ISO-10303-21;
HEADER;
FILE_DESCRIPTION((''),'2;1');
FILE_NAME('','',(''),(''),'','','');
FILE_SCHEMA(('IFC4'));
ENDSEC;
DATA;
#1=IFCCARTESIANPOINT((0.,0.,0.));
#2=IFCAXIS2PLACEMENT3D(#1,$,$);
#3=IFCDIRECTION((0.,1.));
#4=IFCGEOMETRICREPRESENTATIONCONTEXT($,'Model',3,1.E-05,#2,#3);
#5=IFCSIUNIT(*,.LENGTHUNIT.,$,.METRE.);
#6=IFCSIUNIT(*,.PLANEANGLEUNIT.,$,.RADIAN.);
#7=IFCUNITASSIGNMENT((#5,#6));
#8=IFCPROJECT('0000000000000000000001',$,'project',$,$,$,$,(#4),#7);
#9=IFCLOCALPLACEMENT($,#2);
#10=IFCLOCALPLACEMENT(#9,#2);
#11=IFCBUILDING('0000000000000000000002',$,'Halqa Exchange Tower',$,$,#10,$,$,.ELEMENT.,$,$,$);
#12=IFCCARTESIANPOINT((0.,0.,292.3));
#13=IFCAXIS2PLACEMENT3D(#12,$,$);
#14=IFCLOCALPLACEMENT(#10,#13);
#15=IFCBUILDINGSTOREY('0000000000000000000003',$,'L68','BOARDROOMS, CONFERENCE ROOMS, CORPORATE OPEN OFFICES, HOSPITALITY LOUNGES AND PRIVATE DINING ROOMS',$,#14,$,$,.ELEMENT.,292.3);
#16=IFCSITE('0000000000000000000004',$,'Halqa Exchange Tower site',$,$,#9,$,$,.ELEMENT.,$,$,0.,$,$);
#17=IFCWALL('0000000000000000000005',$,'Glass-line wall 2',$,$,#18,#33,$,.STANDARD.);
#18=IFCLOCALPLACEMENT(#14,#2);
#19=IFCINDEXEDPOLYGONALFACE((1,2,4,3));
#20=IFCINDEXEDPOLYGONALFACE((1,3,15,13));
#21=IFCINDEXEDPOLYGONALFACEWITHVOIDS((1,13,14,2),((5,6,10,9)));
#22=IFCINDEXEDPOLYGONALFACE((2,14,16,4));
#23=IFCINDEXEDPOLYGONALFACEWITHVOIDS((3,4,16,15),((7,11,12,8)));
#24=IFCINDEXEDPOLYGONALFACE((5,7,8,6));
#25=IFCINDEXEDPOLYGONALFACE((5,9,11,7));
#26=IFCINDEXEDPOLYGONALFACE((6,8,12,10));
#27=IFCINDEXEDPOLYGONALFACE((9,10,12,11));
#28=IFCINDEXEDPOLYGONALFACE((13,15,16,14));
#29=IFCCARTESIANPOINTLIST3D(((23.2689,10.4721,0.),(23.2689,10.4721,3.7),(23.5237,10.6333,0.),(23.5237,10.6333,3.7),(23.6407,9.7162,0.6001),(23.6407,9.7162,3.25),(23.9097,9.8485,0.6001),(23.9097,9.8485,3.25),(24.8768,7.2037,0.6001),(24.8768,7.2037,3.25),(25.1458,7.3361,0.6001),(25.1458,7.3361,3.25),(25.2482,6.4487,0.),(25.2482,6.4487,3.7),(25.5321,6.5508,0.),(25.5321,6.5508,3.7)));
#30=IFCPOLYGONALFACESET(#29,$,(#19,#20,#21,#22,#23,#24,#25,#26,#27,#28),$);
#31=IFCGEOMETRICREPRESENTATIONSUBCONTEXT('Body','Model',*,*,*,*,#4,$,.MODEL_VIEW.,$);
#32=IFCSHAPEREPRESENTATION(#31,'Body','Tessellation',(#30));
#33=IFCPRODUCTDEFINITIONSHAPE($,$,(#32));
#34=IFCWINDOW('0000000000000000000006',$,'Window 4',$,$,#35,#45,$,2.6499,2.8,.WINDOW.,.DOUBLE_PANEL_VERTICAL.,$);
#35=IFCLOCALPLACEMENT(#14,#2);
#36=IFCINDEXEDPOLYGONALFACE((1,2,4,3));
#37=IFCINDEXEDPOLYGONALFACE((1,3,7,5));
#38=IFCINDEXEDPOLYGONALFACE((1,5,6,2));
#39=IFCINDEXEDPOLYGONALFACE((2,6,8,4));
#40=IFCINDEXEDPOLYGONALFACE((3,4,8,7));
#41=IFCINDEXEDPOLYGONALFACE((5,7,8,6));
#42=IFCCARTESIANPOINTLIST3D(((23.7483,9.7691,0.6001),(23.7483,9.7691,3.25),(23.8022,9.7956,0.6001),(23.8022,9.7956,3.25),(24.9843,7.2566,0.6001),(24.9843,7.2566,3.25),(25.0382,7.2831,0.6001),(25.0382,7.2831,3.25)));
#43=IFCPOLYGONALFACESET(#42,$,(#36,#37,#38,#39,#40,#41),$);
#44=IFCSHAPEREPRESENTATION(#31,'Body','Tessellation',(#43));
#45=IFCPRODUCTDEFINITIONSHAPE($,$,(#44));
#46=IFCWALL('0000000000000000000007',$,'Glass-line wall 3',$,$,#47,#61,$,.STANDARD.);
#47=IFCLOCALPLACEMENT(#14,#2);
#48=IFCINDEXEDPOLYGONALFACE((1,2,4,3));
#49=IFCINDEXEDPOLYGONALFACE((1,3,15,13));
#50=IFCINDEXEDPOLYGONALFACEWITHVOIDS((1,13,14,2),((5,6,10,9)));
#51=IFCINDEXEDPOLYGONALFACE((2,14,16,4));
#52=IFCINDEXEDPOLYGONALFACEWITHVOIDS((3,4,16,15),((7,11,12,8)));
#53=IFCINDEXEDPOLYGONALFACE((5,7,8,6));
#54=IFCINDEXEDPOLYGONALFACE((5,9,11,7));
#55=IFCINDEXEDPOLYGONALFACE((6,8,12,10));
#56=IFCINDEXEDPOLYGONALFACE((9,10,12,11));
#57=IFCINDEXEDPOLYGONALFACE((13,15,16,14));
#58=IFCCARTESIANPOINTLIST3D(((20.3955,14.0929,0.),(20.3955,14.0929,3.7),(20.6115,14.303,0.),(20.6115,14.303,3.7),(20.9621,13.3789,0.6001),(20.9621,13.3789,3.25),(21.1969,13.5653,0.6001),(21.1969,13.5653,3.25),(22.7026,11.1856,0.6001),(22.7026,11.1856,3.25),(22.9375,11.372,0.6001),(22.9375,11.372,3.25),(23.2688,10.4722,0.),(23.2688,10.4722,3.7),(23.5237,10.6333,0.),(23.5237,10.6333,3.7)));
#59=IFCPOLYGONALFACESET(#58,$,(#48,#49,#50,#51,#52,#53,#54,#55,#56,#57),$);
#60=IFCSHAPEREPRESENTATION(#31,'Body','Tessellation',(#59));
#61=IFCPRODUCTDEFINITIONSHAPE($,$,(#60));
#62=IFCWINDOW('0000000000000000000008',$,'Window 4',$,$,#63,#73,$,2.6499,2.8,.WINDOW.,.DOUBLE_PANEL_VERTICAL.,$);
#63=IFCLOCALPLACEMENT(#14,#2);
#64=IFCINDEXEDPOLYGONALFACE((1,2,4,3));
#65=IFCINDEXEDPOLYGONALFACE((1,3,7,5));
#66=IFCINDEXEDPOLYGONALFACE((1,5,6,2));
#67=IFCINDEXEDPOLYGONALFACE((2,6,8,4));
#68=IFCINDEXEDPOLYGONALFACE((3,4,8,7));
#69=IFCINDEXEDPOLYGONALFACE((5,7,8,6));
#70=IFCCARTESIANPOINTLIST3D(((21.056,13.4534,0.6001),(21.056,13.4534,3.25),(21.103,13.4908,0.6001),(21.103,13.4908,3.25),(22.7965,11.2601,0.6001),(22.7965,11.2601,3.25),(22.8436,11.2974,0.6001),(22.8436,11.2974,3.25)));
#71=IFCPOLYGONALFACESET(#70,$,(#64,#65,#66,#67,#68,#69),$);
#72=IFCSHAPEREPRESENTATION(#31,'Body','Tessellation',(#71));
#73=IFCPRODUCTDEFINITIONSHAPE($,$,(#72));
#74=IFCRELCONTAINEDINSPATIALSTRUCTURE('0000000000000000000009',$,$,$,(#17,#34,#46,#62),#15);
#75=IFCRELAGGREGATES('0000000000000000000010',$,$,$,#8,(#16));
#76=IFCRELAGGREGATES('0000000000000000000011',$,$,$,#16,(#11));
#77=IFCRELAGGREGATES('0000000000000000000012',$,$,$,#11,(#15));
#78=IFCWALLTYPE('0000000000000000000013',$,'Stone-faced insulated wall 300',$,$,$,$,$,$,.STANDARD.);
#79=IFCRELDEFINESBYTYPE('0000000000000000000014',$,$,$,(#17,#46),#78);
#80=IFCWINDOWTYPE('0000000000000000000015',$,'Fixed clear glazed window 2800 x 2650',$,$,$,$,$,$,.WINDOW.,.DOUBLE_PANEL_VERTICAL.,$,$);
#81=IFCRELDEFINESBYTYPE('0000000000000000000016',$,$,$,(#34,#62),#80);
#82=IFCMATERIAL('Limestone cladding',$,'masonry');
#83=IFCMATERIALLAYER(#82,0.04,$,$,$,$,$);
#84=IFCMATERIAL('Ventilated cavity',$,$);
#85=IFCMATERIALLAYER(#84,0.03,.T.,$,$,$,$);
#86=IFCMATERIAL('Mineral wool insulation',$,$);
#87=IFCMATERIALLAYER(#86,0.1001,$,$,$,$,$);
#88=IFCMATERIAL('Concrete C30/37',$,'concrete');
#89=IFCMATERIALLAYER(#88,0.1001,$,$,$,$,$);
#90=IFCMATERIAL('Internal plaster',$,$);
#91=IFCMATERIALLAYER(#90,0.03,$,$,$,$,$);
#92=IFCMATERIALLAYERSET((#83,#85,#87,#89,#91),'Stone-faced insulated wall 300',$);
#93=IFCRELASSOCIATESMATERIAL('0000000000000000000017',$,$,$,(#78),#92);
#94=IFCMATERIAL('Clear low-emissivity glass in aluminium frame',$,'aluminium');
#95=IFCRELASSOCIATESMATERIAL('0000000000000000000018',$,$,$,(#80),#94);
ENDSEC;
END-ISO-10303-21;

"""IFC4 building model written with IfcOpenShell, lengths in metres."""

from ifc_helpers import new_model, si_unit, direction, frame, frame_2d, origin, place, context, subcontext, project, spatial, polyline, rectangle, outline, extrude, material, layer, layer_set, type_object, element, fill, save


model = new_model("IFC4")

# Units and contexts
model_context = context("Model", 3, precision=1e-05, world=origin(), true_north=direction((0.0, 1.0)))
body_context = subcontext(model_context, "Body", "Model", "MODEL_VIEW")
ifc_project = project(units=[si_unit("LENGTHUNIT", "METRE"), si_unit("PLANEANGLEUNIT", "RADIAN")], contexts=[model_context])

# Site, building, storey
site_placement = place(None, origin())
site = spatial("IfcSite", under=ifc_project, at=site_placement, Name="Halqa Exchange Tower site", CompositionType="ELEMENT", RefElevation=0.0)
building_placement = place(site_placement, origin())
building = spatial("IfcBuilding", under=site, at=building_placement, Name="Halqa Exchange Tower", CompositionType="ELEMENT")
storey_placement = place(building_placement, frame((0.0, 0.0, 292.3)))
storey = spatial("IfcBuildingStorey", under=building, at=storey_placement, Name="L68", Description="BOARDROOMS, CONFERENCE ROOMS, CORPORATE OPEN OFFICES, HOSPITALITY LOUNGES AND PRIVATE DINING ROOMS", CompositionType="ELEMENT", Elevation=292.3)

# Walls, openings, windows
ifc_material_1 = material(Name="Limestone cladding", Category="masonry")
ifc_layer_1 = layer(ifc_material_1, 0.04)
ifc_material_2 = material(Name="Ventilated cavity")
ifc_layer_2 = layer(ifc_material_2, 0.03, ventilated=True)
ifc_material_3 = material(Name="Mineral wool insulation")
ifc_layer_3 = layer(ifc_material_3, 0.1001)
ifc_material_4 = material(Name="Concrete C30/37", Category="concrete")
ifc_layer_4 = layer(ifc_material_4, 0.1001)
ifc_material_5 = material(Name="Internal plaster")
ifc_layer_5 = layer(ifc_material_5, 0.03)
ifc_layer_set_1 = layer_set([ifc_layer_1, ifc_layer_2, ifc_layer_3, ifc_layer_4, ifc_layer_5], Name="Stone-faced insulated wall 300")
wall_type_1 = type_object("IfcWallType", Name="Stone-faced insulated wall 300", PredefinedType="STANDARD", material=ifc_layer_set_1)
ifc_material_6 = material(Name="Clear low-emissivity glass in aluminium frame", Category="aluminium")
window_type = type_object("IfcWindowType", Name="Fixed clear glazed window 2800 x 2650", PartitioningType="DOUBLE_PANEL_VERTICAL", PredefinedType="WINDOW", material=ifc_material_6)
wall_1_placement = place(storey_placement, frame((25.3901, 6.4998, 0.0), z_axis=(0.0, 0.0, 1.0), x_axis=(-0.441432, 0.897295, 0.0)))
wall_1 = element("IfcWall", 1, at=wall_1_placement, inside=storey, type_object=wall_type_1, Name="Glass-line wall 2", PredefinedType="STANDARD", context=body_context, shape_type="SweptSolid", body=[
    extrude(outline(polyline([(-0.0168, -0.1499), (4.533, -0.1499), (4.5007, 0.1499), (0.0168, 0.1499), (-0.0168, -0.1499)])), origin(), (0.0, 0.0, 1.0), 3.7),
])
opening_1_placement = place(wall_1_placement, frame((0.8584, 0.0, 0.6001)))
opening_1 = element("IfcOpeningElement", 2, at=opening_1_placement, cuts=wall_1, PredefinedType="OPENING", context=body_context, shape_type="SweptSolid", body=[
    extrude(rectangle(XDim=2.8, YDim=2.6499, at=frame_2d((1.3999, 1.325))), frame((0.0, 0.1621, 0.0), z_axis=(0.0, -1.0, 0.0), x_axis=(1.0, 0.0, 0.0)), (0.0, 0.0, 1.0), 0.324),
])
window_1_placement = place(opening_1_placement, origin())
window_1 = element("IfcWindow", 3, at=window_1_placement, inside=storey, type_object=window_type, Name="Window 4", OverallHeight=2.6499, OverallWidth=2.8, PartitioningType="DOUBLE_PANEL_VERTICAL", PredefinedType="WINDOW", context=body_context, shape_type="SweptSolid", body=[
    extrude(rectangle(XDim=2.8, YDim=2.6499, at=frame_2d((1.3999, 1.325))), frame((0.0, 0.03, 0.0), z_axis=(0.0, -1.0, 0.0), x_axis=(1.0, 0.0, 0.0)), (0.0, 0.0, 1.0), 0.0601),
])
fill(opening_1, window_1)
wall_2_placement = place(storey_placement, frame((23.3962, 10.5527, 0.0), z_axis=(0.0, 0.0, 1.0), x_axis=(-0.621626, 0.783314, 0.0)))
wall_2 = element("IfcWall", 4, at=wall_2_placement, inside=storey, type_object=wall_type_1, Name="Glass-line wall 3", PredefinedType="STANDARD", context=body_context, shape_type="SweptSolid", body=[
    extrude(outline(polyline([(-0.0161, -0.1499), (4.6687, -0.1499), (4.6384, 0.1499), (0.0161, 0.1499), (-0.0161, -0.1499)])), origin(), (0.0, 0.0, 1.0), 3.7),
])
opening_2_placement = place(wall_2_placement, frame((0.927, 0.0, 0.6001)))
opening_2 = element("IfcOpeningElement", 5, at=opening_2_placement, cuts=wall_2, PredefinedType="OPENING", context=body_context, shape_type="SweptSolid", body=[
    extrude(rectangle(XDim=2.8, YDim=2.6499, at=frame_2d((1.3999, 1.325))), frame((0.0, 0.1621, 0.0), z_axis=(0.0, -1.0, 0.0), x_axis=(1.0, 0.0, 0.0)), (0.0, 0.0, 1.0), 0.324),
])
window_2_placement = place(opening_2_placement, origin())
window_2 = element("IfcWindow", 6, at=window_2_placement, inside=storey, type_object=window_type, Name="Window 4", OverallHeight=2.6499, OverallWidth=2.8, PartitioningType="DOUBLE_PANEL_VERTICAL", PredefinedType="WINDOW", context=body_context, shape_type="SweptSolid", body=[
    extrude(rectangle(XDim=2.8, YDim=2.6499, at=frame_2d((1.3999, 1.325))), frame((0.0, 0.03, 0.0), z_axis=(0.0, -1.0, 0.0), x_axis=(1.0, 0.0, 0.0)), (0.0, 0.0, 1.0), 0.0601),
])
fill(opening_2, window_2)

save(model, "model.ifc")
